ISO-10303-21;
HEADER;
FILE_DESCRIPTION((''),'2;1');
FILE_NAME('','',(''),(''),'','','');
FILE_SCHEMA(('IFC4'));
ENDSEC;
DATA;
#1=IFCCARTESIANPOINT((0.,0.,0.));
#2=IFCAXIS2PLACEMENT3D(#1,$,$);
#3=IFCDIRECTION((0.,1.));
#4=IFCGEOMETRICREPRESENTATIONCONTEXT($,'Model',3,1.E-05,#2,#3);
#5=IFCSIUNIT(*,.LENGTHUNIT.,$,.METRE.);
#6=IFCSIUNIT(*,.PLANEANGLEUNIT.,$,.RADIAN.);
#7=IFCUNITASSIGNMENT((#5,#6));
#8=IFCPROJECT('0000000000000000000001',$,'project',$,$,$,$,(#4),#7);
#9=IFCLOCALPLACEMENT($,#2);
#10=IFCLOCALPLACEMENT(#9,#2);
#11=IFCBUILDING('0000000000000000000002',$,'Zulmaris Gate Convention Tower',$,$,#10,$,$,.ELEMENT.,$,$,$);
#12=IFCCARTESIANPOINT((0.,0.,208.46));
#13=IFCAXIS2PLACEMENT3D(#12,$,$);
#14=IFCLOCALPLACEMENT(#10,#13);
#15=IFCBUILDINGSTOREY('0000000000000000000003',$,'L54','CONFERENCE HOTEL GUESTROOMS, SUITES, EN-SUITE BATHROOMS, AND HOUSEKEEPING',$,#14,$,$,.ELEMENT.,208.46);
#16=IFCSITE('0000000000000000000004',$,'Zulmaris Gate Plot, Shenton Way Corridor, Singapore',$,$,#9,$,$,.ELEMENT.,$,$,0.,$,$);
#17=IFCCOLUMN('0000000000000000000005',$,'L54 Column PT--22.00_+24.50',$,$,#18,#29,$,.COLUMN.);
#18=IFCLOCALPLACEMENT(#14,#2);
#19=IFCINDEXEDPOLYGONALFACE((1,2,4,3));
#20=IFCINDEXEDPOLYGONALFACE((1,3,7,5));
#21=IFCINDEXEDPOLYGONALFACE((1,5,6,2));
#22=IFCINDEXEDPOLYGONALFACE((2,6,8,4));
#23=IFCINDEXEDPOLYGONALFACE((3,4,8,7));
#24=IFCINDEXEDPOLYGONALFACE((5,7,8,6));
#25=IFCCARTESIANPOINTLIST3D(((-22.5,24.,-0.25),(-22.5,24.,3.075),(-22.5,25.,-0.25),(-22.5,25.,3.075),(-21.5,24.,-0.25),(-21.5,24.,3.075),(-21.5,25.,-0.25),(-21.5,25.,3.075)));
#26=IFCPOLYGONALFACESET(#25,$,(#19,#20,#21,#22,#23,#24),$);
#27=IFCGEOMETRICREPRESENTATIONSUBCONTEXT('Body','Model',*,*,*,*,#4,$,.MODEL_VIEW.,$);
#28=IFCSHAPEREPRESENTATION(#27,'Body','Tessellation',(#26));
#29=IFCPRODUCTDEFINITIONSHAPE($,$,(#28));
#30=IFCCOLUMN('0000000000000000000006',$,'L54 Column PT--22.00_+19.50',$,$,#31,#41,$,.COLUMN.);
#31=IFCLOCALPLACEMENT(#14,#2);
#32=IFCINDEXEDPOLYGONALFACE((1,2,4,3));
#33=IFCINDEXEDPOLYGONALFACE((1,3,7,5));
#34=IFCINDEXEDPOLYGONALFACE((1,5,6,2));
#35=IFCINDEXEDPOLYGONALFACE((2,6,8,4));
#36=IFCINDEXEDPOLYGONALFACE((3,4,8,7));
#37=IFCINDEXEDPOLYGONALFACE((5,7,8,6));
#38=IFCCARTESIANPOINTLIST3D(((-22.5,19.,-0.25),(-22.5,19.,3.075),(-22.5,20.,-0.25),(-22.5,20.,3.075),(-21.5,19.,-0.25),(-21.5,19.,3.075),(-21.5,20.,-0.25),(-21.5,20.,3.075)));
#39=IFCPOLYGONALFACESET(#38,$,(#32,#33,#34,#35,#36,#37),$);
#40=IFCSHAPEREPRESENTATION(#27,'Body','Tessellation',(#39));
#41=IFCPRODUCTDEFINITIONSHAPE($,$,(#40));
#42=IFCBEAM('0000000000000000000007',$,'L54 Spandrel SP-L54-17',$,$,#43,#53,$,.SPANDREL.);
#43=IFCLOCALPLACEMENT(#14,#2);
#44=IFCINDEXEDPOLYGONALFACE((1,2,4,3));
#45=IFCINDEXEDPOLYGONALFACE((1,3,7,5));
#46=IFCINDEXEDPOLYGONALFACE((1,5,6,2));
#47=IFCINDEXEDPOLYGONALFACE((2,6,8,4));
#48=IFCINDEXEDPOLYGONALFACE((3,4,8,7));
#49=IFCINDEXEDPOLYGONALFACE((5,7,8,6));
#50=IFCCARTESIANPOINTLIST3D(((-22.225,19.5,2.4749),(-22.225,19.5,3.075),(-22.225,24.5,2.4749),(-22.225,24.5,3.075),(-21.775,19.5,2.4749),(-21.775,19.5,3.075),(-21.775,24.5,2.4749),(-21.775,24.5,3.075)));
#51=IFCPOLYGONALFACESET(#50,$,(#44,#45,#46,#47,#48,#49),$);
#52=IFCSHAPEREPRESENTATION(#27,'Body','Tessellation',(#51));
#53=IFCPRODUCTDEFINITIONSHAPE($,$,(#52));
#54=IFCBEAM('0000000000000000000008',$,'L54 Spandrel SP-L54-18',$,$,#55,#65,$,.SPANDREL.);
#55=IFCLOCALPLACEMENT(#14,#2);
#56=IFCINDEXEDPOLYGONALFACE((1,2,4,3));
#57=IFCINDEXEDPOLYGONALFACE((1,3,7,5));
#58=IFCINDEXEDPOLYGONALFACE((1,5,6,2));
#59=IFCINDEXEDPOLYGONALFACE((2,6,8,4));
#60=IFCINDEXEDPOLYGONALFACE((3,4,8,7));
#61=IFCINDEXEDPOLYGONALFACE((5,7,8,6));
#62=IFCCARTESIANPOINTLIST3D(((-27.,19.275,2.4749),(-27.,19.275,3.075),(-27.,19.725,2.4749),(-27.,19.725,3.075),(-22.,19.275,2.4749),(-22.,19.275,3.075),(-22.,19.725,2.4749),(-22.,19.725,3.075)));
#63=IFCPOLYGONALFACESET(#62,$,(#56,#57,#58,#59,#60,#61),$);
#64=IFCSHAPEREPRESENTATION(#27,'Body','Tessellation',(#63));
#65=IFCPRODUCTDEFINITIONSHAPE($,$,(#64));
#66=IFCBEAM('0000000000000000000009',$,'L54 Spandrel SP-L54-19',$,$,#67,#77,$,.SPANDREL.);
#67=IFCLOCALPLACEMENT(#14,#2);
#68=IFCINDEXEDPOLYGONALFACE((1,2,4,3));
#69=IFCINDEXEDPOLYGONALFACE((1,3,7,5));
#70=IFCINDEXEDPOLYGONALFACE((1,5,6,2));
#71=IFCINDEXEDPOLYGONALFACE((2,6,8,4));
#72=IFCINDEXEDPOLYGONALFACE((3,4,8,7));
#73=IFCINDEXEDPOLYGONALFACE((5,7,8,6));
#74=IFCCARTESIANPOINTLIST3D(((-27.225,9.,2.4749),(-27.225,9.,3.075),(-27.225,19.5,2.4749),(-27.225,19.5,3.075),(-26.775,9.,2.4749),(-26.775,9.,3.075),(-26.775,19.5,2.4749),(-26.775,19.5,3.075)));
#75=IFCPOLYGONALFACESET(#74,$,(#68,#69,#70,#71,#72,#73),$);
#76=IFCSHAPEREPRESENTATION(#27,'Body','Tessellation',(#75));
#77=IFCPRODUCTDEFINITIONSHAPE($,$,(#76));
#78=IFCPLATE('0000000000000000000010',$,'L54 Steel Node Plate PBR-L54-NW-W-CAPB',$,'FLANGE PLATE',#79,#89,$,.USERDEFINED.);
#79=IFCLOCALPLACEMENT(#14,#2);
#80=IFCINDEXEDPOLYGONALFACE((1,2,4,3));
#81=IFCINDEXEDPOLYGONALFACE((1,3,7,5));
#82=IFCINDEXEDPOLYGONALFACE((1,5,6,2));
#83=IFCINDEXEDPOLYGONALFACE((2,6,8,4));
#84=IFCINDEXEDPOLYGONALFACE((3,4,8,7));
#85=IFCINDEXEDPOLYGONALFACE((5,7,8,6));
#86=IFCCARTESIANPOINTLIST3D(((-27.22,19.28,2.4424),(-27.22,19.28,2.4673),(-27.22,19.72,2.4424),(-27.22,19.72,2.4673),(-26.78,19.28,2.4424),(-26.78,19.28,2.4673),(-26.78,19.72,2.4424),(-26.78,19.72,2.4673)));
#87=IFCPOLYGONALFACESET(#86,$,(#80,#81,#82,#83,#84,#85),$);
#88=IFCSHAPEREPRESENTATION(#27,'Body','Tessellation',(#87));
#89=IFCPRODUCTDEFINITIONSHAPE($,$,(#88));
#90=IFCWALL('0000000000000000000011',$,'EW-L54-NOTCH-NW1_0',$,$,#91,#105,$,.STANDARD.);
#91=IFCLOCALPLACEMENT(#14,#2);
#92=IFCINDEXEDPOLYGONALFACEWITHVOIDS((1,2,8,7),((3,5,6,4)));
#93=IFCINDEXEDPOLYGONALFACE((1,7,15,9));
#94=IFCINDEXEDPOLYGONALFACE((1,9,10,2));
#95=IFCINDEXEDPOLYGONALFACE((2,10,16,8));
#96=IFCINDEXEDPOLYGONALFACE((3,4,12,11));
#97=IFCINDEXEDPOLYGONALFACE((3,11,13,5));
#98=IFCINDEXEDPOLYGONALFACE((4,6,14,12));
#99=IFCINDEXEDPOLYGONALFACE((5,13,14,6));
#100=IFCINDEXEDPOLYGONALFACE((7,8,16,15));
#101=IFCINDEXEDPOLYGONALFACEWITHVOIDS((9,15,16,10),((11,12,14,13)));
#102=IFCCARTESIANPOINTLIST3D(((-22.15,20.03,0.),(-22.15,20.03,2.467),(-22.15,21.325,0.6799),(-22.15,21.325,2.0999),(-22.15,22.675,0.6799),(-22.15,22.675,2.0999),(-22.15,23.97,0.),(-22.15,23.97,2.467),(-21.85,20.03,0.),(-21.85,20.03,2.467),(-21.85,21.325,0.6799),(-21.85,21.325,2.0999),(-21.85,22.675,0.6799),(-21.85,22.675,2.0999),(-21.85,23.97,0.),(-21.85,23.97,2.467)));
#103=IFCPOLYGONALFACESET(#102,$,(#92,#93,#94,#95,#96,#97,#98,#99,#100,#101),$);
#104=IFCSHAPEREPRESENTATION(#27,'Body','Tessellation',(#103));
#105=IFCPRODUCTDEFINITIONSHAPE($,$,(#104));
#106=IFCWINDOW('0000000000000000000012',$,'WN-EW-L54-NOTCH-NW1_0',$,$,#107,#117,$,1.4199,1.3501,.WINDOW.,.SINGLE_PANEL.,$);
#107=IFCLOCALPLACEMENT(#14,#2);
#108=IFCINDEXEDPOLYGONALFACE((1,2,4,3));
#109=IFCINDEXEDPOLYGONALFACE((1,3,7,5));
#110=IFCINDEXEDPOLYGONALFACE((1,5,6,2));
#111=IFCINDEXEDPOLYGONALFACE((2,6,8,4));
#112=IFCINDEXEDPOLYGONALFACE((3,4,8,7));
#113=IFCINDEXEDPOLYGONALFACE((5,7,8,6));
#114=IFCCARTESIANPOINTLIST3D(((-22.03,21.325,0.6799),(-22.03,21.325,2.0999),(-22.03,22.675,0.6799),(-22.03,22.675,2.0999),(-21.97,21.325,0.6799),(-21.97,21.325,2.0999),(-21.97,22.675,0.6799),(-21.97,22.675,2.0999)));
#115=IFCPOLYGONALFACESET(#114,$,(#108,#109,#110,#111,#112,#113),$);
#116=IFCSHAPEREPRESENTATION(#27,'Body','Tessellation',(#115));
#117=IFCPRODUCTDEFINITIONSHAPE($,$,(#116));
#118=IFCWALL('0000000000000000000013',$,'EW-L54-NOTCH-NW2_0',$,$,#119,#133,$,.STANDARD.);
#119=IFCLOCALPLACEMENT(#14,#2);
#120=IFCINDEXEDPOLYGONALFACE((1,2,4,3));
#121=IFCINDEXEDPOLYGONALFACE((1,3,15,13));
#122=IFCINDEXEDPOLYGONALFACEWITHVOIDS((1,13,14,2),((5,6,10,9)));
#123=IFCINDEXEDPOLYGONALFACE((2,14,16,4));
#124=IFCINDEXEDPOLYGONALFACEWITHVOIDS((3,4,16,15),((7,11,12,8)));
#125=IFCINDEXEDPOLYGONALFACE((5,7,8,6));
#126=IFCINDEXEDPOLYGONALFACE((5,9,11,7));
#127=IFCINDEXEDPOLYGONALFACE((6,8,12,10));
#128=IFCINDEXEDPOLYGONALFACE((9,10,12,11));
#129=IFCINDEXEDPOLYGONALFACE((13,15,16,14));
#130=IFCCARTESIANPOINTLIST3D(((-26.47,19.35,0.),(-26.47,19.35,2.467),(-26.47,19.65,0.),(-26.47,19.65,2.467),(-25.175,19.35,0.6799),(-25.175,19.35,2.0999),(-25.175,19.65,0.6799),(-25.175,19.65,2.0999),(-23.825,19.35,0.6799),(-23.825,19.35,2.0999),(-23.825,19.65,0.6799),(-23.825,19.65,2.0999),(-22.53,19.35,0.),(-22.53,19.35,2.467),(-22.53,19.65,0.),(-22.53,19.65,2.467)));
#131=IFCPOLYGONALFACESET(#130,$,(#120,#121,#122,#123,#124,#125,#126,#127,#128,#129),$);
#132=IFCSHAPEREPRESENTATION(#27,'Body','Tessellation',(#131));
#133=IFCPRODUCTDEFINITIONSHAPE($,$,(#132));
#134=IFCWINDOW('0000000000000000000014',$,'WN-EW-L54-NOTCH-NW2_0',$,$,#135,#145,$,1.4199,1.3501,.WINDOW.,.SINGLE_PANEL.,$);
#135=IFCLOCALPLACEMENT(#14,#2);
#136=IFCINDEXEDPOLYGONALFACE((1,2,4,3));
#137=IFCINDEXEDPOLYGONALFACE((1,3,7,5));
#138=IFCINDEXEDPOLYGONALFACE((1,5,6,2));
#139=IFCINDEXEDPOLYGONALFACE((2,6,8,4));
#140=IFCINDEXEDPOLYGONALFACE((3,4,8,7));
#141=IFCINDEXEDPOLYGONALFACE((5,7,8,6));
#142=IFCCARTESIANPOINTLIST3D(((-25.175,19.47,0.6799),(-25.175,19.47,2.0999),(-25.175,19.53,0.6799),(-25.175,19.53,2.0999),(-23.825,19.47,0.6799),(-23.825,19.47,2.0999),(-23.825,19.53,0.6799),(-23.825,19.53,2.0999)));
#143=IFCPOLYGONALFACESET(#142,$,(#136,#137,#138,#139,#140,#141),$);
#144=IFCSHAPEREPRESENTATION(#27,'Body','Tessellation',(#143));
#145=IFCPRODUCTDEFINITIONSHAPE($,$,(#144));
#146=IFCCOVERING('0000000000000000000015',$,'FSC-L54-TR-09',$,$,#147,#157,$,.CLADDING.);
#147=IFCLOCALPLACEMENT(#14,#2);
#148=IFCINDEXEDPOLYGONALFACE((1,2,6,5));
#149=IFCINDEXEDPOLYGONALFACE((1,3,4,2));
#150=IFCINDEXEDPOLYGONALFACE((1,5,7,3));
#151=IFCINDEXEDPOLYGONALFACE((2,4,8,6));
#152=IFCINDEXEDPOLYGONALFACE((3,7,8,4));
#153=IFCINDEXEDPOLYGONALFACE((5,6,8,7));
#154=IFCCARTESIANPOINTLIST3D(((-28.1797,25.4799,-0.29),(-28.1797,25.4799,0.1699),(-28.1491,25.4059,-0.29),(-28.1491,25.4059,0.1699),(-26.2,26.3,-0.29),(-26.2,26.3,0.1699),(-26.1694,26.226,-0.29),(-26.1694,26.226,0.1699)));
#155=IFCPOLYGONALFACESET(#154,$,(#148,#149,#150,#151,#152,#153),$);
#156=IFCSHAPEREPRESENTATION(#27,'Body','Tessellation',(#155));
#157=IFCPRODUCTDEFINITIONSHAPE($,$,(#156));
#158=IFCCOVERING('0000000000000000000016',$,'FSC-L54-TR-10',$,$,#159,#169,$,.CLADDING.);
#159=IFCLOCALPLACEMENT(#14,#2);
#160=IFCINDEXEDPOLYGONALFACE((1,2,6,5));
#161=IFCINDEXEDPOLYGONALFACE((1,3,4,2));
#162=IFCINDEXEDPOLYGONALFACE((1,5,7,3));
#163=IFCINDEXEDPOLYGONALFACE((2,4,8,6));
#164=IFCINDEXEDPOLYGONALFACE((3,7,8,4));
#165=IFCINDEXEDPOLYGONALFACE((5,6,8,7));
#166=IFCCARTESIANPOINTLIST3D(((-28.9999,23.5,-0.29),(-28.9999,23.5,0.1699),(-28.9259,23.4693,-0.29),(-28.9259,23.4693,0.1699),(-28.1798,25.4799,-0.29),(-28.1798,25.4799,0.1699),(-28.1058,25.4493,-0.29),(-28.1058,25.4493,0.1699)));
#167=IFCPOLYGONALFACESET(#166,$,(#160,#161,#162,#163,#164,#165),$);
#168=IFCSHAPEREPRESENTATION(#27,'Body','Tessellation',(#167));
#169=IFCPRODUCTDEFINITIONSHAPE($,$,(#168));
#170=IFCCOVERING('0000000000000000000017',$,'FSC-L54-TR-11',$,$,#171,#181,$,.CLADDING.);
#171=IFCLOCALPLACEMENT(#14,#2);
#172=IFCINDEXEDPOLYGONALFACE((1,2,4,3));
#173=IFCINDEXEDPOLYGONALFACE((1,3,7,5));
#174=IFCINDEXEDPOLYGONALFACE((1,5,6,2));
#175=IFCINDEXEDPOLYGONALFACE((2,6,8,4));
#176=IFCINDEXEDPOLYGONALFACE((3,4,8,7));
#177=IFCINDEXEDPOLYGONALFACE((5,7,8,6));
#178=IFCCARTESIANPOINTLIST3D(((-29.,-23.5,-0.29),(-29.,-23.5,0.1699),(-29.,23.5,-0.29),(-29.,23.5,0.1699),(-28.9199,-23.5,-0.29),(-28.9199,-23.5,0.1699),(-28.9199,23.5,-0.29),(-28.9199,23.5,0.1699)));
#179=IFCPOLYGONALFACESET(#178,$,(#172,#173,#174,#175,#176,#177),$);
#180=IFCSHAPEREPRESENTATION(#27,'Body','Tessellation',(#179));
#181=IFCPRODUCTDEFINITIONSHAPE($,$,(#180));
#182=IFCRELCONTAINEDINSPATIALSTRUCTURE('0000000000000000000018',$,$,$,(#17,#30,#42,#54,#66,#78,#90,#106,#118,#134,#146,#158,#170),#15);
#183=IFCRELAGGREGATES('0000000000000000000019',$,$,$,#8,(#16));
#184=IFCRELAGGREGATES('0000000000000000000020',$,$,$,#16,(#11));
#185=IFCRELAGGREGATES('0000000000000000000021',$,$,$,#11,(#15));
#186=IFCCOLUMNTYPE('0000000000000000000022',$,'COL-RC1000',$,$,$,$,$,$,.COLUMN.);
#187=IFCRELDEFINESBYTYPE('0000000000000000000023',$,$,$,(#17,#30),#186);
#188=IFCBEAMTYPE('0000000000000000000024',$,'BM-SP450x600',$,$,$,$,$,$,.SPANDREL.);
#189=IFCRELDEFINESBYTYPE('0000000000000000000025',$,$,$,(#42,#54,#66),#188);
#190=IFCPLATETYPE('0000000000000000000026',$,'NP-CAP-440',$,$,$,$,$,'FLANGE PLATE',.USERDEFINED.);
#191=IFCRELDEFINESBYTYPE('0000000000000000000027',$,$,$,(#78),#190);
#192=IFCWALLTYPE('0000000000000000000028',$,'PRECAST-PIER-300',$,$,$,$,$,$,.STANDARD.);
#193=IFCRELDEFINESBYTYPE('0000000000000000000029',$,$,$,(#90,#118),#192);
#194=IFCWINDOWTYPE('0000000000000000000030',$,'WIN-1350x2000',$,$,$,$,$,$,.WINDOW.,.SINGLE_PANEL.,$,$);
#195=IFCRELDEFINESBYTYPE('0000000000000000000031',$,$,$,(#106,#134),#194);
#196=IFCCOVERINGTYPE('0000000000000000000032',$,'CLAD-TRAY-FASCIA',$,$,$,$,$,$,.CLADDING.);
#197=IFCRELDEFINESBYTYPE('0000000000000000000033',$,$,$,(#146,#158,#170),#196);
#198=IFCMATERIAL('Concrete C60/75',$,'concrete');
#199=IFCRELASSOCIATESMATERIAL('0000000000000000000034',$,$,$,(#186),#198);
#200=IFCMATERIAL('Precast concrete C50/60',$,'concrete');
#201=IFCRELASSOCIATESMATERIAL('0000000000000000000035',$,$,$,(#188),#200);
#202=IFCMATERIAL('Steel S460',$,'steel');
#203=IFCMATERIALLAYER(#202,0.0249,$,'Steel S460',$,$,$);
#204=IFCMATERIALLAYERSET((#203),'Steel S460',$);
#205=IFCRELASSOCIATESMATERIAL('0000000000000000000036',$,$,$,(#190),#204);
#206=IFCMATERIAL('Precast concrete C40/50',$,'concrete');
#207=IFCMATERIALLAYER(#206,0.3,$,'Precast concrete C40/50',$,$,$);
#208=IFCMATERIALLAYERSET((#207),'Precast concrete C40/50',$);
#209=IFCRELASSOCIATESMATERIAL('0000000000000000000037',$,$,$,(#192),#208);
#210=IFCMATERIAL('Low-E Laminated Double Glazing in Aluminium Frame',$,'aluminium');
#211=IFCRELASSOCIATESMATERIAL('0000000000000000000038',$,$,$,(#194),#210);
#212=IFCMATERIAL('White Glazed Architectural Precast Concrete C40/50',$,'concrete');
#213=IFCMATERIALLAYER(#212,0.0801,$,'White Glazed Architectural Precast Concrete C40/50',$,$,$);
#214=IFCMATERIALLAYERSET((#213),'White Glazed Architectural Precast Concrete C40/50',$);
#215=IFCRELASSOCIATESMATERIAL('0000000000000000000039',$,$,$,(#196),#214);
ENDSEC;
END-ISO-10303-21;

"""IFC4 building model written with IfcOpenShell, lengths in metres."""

from ifc_helpers import new_model, si_unit, direction, frame, frame_2d, origin, origin_2d, place, context, subcontext, project, spatial, rectangle, extrude, material, layer, layer_set, material_profile, profile_set, type_object, element, fill, save


model = new_model("IFC4")

# Units and contexts
model_context = context("Model", 3, precision=1e-05, world=origin(), true_north=direction((0.0, 1.0)))
body_context = subcontext(model_context, "Body", "Model", "MODEL_VIEW")
ifc_project = project(units=[si_unit("LENGTHUNIT", "METRE"), si_unit("PLANEANGLEUNIT", "RADIAN")], contexts=[model_context])

# Site, building, storey
site_placement = place(None, origin())
site = spatial("IfcSite", under=ifc_project, at=site_placement, Name="Zulmaris Gate Plot, Shenton Way Corridor, Singapore", CompositionType="ELEMENT", RefElevation=0.0)
building_placement = place(site_placement, origin())
building = spatial("IfcBuilding", under=site, at=building_placement, Name="Zulmaris Gate Convention Tower", CompositionType="ELEMENT")
storey_placement = place(building_placement, frame((0.0, 0.0, 208.46)))
storey = spatial("IfcBuildingStorey", under=building, at=storey_placement, Name="L54", Description="CONFERENCE HOTEL GUESTROOMS, SUITES, EN-SUITE BATHROOMS, AND HOUSEKEEPING", CompositionType="ELEMENT", Elevation=208.46)

# Columns
ifc_material_1 = material(Name="Concrete C60/75", Category="concrete")
ifc_material_profile_1 = material_profile(ifc_material_1, rectangle(XDim=1.0, YDim=1.0, at=origin_2d()), Name="RC COL 1000x1000")
ifc_profile_set_1 = profile_set([ifc_material_profile_1], Name="Concrete C60/75")
column_type = type_object("IfcColumnType", Name="COL-RC1000", PredefinedType="COLUMN", material=ifc_profile_set_1)
for number, where, z_axis, x_axis, name in (
    (1, (-22.0, 24.5, -0.25), (0.0, 0.0, 1.0), (1.0, 0.0, 0.0), "L54 Column PT--22.00_+24.50"),
    (2, (-22.0, 19.5, -0.25), (0.0, 0.0, 1.0), (1.0, 0.0, 0.0), "L54 Column PT--22.00_+19.50"),
):
    element("IfcColumn", number, at=place(storey_placement, frame(where, z_axis=z_axis, x_axis=x_axis)), inside=storey, type_object=column_type, Name=name, PredefinedType="COLUMN", context=body_context, shape_type="SweptSolid", body=[
        extrude(rectangle(XDim=1.0, YDim=1.0, at=origin_2d()), origin(), (0.0, 0.0, 1.0), 3.325),
    ])

# Beams
ifc_material_2 = material(Name="Precast concrete C50/60", Category="concrete")
ifc_material_profile_2 = material_profile(ifc_material_2, rectangle(XDim=0.45, YDim=0.6001, at=origin_2d()), Name="RC SPANDREL 450x600")
ifc_profile_set_2 = profile_set([ifc_material_profile_2], Name="Precast concrete C50/60")
beam_type = type_object("IfcBeamType", Name="BM-SP450x600", PredefinedType="SPANDREL", material=ifc_profile_set_2)
for number, where, z_axis, x_axis, name in (
    (3, (-22.0, 24.5, 2.7749), (0.0, -1.0, 0.0), (1.0, 0.0, 0.0), "L54 Spandrel SP-L54-17"),
    (4, (-22.0, 19.5, 2.7749), (-1.0, 0.0, 0.0), (0.0, -1.0, 0.0), "L54 Spandrel SP-L54-18"),
):
    element("IfcBeam", number, at=place(storey_placement, frame(where, z_axis=z_axis, x_axis=x_axis)), inside=storey, type_object=beam_type, Name=name, PredefinedType="SPANDREL", context=body_context, shape_type="SweptSolid", body=[
        extrude(rectangle(XDim=0.45, YDim=0.6001, at=origin_2d()), origin(), (0.0, 0.0, 1.0), 5.0),
    ])
beam_placement = place(storey_placement, frame((-27.0, 19.5, 2.7749), z_axis=(0.0, -1.0, 0.0), x_axis=(1.0, 0.0, 0.0)))
element("IfcBeam", 5, at=beam_placement, inside=storey, type_object=beam_type, Name="L54 Spandrel SP-L54-19", PredefinedType="SPANDREL", context=body_context, shape_type="SweptSolid", body=[
    extrude(rectangle(XDim=0.45, YDim=0.6001, at=origin_2d()), origin(), (0.0, 0.0, 1.0), 10.5),
])

# Plate
ifc_material_3 = material(Name="Steel S460", Category="steel")
ifc_layer_1 = layer(ifc_material_3, 0.0249, Name="Steel S460")
ifc_layer_set_1 = layer_set([ifc_layer_1], Name="Steel S460")
plate_type = type_object("IfcPlateType", Name="NP-CAP-440", ElementType="FLANGE PLATE", PredefinedType="USERDEFINED", material=ifc_layer_set_1)
plate_placement = place(storey_placement, frame((-27.0, 19.5, 2.4424), z_axis=(0.0, 0.0, 1.0), x_axis=(1.0, 0.0, 0.0)))
element("IfcPlate", 6, at=plate_placement, inside=storey, type_object=plate_type, Name="L54 Steel Node Plate PBR-L54-NW-W-CAPB", ObjectType="FLANGE PLATE", PredefinedType="USERDEFINED", context=body_context, shape_type="SweptSolid", body=[
    extrude(rectangle(XDim=0.4399, YDim=0.4399, at=origin_2d()), origin(), (0.0, 0.0, 1.0), 0.0249),
])

# Walls, openings, windows
ifc_material_4 = material(Name="Precast concrete C40/50", Category="concrete")
ifc_layer_2 = layer(ifc_material_4, 0.3, Name="Precast concrete C40/50")
ifc_layer_set_2 = layer_set([ifc_layer_2], Name="Precast concrete C40/50")
wall_type = type_object("IfcWallType", Name="PRECAST-PIER-300", PredefinedType="STANDARD", material=ifc_layer_set_2)
wall_1_placement = place(storey_placement, frame((-22.0, 23.97, 0.0), z_axis=(0.0, 0.0, 1.0), x_axis=(0.0, -1.0, 0.0)))
wall_1 = element("IfcWall", 7, at=wall_1_placement, inside=storey, type_object=wall_type, Name="EW-L54-NOTCH-NW1_0", PredefinedType="STANDARD", context=body_context, shape_type="SweptSolid", body=[
    extrude(rectangle(XDim=3.9399, YDim=0.3, at=frame_2d((1.97, 0.0))), origin(), (0.0, 0.0, 1.0), 2.467),
])
opening_1_placement = place(wall_1_placement, frame((1.2949, 0.0, 0.6799)))
opening_1 = element("IfcOpeningElement", 8, at=opening_1_placement, cuts=wall_1, PredefinedType="OPENING", context=body_context, shape_type="SweptSolid", body=[
    extrude(rectangle(XDim=1.3501, YDim=1.4199, at=frame_2d((0.675, 0.71))), frame((0.0, 0.1602, 0.0), z_axis=(0.0, -1.0, 0.0), x_axis=(1.0, 0.0, 0.0)), (0.0, 0.0, 1.0), 0.3201),
])
ifc_material_5 = material(Name="Low-E Laminated Double Glazing in Aluminium Frame", Category="aluminium")
window_type = type_object("IfcWindowType", Name="WIN-1350x2000", PartitioningType="SINGLE_PANEL", PredefinedType="WINDOW", material=ifc_material_5)
window_1_placement = place(opening_1_placement, origin())
window_1 = element("IfcWindow", 9, at=window_1_placement, inside=storey, type_object=window_type, Name="WN-EW-L54-NOTCH-NW1_0", OverallHeight=1.4199, OverallWidth=1.3501, PartitioningType="SINGLE_PANEL", PredefinedType="WINDOW", context=body_context, shape_type="SweptSolid", body=[
    extrude(rectangle(XDim=1.3501, YDim=1.4199, at=frame_2d((0.675, 0.71))), frame((0.0, 0.03, 0.0), z_axis=(0.0, -1.0, 0.0), x_axis=(1.0, 0.0, 0.0)), (0.0, 0.0, 1.0), 0.0601),
])
fill(opening_1, window_1)
wall_2_placement = place(storey_placement, frame((-22.53, 19.5, 0.0), z_axis=(0.0, 0.0, 1.0), x_axis=(-1.0, 0.0, 0.0)))
wall_2 = element("IfcWall", 10, at=wall_2_placement, inside=storey, type_object=wall_type, Name="EW-L54-NOTCH-NW2_0", PredefinedType="STANDARD", context=body_context, shape_type="SweptSolid", body=[
    extrude(rectangle(XDim=3.9399, YDim=0.3, at=frame_2d((1.97, 0.0))), origin(), (0.0, 0.0, 1.0), 2.467),
])
opening_2_placement = place(wall_2_placement, frame((1.2949, 0.0, 0.6799)))
opening_2 = element("IfcOpeningElement", 11, at=opening_2_placement, cuts=wall_2, PredefinedType="OPENING", context=body_context, shape_type="SweptSolid", body=[
    extrude(rectangle(XDim=1.3501, YDim=1.4199, at=frame_2d((0.675, 0.71))), frame((0.0, 0.1602, 0.0), z_axis=(0.0, -1.0, 0.0), x_axis=(1.0, 0.0, 0.0)), (0.0, 0.0, 1.0), 0.3201),
])
window_2_placement = place(opening_2_placement, origin())
window_2 = element("IfcWindow", 12, at=window_2_placement, inside=storey, type_object=window_type, Name="WN-EW-L54-NOTCH-NW2_0", OverallHeight=1.4199, OverallWidth=1.3501, PartitioningType="SINGLE_PANEL", PredefinedType="WINDOW", context=body_context, shape_type="SweptSolid", body=[
    extrude(rectangle(XDim=1.3501, YDim=1.4199, at=frame_2d((0.675, 0.71))), frame((0.0, 0.03, 0.0), z_axis=(0.0, -1.0, 0.0), x_axis=(1.0, 0.0, 0.0)), (0.0, 0.0, 1.0), 0.0601),
])
fill(opening_2, window_2)

# Coverings
ifc_material_6 = material(Name="White Glazed Architectural Precast Concrete C40/50", Category="concrete")
ifc_layer_3 = layer(ifc_material_6, 0.0801, Name="White Glazed Architectural Precast Concrete C40/50")
ifc_layer_set_3 = layer_set([ifc_layer_3], Name="White Glazed Architectural Precast Concrete C40/50")
covering_type = type_object("IfcCoveringType", Name="CLAD-TRAY-FASCIA", PredefinedType="CLADDING", material=ifc_layer_set_3)
covering_1_placement = place(storey_placement, frame((-26.1848, 26.2629, -0.29), z_axis=(0.0, 0.0, 1.0), x_axis=(-0.923874, -0.382697, 0.0)))
element("IfcCovering", 13, at=covering_1_placement, inside=storey, type_object=covering_type, Name="FSC-L54-TR-09", PredefinedType="CLADDING", context=body_context, shape_type="SweptSolid", body=[
    extrude(rectangle(XDim=2.1428, YDim=0.0801, at=frame_2d((1.0713, 0.0))), origin(), (0.0, 0.0, 1.0), 0.46),
])
covering_2_placement = place(storey_placement, frame((-28.1428, 25.4646, -0.29), z_axis=(0.0, 0.0, 1.0), x_axis=(-0.382657, -0.92389, 0.0)))
element("IfcCovering", 14, at=covering_2_placement, inside=storey, type_object=covering_type, Name="FSC-L54-TR-10", PredefinedType="CLADDING", context=body_context, shape_type="SweptSolid", body=[
    extrude(rectangle(XDim=2.1431, YDim=0.0801, at=frame_2d((1.0715, 0.0))), origin(), (0.0, 0.0, 1.0), 0.46),
])
covering_3_placement = place(storey_placement, frame((-28.96, 23.5, -0.29), z_axis=(0.0, 0.0, 1.0), x_axis=(0.0, -1.0, 0.0)))
element("IfcCovering", 15, at=covering_3_placement, inside=storey, type_object=covering_type, Name="FSC-L54-TR-11", PredefinedType="CLADDING", context=body_context, shape_type="SweptSolid", body=[
    extrude(rectangle(XDim=47.0, YDim=0.0801, at=frame_2d((23.5, 0.0))), origin(), (0.0, 0.0, 1.0), 0.46),
])

save(model, "model.ifc")
